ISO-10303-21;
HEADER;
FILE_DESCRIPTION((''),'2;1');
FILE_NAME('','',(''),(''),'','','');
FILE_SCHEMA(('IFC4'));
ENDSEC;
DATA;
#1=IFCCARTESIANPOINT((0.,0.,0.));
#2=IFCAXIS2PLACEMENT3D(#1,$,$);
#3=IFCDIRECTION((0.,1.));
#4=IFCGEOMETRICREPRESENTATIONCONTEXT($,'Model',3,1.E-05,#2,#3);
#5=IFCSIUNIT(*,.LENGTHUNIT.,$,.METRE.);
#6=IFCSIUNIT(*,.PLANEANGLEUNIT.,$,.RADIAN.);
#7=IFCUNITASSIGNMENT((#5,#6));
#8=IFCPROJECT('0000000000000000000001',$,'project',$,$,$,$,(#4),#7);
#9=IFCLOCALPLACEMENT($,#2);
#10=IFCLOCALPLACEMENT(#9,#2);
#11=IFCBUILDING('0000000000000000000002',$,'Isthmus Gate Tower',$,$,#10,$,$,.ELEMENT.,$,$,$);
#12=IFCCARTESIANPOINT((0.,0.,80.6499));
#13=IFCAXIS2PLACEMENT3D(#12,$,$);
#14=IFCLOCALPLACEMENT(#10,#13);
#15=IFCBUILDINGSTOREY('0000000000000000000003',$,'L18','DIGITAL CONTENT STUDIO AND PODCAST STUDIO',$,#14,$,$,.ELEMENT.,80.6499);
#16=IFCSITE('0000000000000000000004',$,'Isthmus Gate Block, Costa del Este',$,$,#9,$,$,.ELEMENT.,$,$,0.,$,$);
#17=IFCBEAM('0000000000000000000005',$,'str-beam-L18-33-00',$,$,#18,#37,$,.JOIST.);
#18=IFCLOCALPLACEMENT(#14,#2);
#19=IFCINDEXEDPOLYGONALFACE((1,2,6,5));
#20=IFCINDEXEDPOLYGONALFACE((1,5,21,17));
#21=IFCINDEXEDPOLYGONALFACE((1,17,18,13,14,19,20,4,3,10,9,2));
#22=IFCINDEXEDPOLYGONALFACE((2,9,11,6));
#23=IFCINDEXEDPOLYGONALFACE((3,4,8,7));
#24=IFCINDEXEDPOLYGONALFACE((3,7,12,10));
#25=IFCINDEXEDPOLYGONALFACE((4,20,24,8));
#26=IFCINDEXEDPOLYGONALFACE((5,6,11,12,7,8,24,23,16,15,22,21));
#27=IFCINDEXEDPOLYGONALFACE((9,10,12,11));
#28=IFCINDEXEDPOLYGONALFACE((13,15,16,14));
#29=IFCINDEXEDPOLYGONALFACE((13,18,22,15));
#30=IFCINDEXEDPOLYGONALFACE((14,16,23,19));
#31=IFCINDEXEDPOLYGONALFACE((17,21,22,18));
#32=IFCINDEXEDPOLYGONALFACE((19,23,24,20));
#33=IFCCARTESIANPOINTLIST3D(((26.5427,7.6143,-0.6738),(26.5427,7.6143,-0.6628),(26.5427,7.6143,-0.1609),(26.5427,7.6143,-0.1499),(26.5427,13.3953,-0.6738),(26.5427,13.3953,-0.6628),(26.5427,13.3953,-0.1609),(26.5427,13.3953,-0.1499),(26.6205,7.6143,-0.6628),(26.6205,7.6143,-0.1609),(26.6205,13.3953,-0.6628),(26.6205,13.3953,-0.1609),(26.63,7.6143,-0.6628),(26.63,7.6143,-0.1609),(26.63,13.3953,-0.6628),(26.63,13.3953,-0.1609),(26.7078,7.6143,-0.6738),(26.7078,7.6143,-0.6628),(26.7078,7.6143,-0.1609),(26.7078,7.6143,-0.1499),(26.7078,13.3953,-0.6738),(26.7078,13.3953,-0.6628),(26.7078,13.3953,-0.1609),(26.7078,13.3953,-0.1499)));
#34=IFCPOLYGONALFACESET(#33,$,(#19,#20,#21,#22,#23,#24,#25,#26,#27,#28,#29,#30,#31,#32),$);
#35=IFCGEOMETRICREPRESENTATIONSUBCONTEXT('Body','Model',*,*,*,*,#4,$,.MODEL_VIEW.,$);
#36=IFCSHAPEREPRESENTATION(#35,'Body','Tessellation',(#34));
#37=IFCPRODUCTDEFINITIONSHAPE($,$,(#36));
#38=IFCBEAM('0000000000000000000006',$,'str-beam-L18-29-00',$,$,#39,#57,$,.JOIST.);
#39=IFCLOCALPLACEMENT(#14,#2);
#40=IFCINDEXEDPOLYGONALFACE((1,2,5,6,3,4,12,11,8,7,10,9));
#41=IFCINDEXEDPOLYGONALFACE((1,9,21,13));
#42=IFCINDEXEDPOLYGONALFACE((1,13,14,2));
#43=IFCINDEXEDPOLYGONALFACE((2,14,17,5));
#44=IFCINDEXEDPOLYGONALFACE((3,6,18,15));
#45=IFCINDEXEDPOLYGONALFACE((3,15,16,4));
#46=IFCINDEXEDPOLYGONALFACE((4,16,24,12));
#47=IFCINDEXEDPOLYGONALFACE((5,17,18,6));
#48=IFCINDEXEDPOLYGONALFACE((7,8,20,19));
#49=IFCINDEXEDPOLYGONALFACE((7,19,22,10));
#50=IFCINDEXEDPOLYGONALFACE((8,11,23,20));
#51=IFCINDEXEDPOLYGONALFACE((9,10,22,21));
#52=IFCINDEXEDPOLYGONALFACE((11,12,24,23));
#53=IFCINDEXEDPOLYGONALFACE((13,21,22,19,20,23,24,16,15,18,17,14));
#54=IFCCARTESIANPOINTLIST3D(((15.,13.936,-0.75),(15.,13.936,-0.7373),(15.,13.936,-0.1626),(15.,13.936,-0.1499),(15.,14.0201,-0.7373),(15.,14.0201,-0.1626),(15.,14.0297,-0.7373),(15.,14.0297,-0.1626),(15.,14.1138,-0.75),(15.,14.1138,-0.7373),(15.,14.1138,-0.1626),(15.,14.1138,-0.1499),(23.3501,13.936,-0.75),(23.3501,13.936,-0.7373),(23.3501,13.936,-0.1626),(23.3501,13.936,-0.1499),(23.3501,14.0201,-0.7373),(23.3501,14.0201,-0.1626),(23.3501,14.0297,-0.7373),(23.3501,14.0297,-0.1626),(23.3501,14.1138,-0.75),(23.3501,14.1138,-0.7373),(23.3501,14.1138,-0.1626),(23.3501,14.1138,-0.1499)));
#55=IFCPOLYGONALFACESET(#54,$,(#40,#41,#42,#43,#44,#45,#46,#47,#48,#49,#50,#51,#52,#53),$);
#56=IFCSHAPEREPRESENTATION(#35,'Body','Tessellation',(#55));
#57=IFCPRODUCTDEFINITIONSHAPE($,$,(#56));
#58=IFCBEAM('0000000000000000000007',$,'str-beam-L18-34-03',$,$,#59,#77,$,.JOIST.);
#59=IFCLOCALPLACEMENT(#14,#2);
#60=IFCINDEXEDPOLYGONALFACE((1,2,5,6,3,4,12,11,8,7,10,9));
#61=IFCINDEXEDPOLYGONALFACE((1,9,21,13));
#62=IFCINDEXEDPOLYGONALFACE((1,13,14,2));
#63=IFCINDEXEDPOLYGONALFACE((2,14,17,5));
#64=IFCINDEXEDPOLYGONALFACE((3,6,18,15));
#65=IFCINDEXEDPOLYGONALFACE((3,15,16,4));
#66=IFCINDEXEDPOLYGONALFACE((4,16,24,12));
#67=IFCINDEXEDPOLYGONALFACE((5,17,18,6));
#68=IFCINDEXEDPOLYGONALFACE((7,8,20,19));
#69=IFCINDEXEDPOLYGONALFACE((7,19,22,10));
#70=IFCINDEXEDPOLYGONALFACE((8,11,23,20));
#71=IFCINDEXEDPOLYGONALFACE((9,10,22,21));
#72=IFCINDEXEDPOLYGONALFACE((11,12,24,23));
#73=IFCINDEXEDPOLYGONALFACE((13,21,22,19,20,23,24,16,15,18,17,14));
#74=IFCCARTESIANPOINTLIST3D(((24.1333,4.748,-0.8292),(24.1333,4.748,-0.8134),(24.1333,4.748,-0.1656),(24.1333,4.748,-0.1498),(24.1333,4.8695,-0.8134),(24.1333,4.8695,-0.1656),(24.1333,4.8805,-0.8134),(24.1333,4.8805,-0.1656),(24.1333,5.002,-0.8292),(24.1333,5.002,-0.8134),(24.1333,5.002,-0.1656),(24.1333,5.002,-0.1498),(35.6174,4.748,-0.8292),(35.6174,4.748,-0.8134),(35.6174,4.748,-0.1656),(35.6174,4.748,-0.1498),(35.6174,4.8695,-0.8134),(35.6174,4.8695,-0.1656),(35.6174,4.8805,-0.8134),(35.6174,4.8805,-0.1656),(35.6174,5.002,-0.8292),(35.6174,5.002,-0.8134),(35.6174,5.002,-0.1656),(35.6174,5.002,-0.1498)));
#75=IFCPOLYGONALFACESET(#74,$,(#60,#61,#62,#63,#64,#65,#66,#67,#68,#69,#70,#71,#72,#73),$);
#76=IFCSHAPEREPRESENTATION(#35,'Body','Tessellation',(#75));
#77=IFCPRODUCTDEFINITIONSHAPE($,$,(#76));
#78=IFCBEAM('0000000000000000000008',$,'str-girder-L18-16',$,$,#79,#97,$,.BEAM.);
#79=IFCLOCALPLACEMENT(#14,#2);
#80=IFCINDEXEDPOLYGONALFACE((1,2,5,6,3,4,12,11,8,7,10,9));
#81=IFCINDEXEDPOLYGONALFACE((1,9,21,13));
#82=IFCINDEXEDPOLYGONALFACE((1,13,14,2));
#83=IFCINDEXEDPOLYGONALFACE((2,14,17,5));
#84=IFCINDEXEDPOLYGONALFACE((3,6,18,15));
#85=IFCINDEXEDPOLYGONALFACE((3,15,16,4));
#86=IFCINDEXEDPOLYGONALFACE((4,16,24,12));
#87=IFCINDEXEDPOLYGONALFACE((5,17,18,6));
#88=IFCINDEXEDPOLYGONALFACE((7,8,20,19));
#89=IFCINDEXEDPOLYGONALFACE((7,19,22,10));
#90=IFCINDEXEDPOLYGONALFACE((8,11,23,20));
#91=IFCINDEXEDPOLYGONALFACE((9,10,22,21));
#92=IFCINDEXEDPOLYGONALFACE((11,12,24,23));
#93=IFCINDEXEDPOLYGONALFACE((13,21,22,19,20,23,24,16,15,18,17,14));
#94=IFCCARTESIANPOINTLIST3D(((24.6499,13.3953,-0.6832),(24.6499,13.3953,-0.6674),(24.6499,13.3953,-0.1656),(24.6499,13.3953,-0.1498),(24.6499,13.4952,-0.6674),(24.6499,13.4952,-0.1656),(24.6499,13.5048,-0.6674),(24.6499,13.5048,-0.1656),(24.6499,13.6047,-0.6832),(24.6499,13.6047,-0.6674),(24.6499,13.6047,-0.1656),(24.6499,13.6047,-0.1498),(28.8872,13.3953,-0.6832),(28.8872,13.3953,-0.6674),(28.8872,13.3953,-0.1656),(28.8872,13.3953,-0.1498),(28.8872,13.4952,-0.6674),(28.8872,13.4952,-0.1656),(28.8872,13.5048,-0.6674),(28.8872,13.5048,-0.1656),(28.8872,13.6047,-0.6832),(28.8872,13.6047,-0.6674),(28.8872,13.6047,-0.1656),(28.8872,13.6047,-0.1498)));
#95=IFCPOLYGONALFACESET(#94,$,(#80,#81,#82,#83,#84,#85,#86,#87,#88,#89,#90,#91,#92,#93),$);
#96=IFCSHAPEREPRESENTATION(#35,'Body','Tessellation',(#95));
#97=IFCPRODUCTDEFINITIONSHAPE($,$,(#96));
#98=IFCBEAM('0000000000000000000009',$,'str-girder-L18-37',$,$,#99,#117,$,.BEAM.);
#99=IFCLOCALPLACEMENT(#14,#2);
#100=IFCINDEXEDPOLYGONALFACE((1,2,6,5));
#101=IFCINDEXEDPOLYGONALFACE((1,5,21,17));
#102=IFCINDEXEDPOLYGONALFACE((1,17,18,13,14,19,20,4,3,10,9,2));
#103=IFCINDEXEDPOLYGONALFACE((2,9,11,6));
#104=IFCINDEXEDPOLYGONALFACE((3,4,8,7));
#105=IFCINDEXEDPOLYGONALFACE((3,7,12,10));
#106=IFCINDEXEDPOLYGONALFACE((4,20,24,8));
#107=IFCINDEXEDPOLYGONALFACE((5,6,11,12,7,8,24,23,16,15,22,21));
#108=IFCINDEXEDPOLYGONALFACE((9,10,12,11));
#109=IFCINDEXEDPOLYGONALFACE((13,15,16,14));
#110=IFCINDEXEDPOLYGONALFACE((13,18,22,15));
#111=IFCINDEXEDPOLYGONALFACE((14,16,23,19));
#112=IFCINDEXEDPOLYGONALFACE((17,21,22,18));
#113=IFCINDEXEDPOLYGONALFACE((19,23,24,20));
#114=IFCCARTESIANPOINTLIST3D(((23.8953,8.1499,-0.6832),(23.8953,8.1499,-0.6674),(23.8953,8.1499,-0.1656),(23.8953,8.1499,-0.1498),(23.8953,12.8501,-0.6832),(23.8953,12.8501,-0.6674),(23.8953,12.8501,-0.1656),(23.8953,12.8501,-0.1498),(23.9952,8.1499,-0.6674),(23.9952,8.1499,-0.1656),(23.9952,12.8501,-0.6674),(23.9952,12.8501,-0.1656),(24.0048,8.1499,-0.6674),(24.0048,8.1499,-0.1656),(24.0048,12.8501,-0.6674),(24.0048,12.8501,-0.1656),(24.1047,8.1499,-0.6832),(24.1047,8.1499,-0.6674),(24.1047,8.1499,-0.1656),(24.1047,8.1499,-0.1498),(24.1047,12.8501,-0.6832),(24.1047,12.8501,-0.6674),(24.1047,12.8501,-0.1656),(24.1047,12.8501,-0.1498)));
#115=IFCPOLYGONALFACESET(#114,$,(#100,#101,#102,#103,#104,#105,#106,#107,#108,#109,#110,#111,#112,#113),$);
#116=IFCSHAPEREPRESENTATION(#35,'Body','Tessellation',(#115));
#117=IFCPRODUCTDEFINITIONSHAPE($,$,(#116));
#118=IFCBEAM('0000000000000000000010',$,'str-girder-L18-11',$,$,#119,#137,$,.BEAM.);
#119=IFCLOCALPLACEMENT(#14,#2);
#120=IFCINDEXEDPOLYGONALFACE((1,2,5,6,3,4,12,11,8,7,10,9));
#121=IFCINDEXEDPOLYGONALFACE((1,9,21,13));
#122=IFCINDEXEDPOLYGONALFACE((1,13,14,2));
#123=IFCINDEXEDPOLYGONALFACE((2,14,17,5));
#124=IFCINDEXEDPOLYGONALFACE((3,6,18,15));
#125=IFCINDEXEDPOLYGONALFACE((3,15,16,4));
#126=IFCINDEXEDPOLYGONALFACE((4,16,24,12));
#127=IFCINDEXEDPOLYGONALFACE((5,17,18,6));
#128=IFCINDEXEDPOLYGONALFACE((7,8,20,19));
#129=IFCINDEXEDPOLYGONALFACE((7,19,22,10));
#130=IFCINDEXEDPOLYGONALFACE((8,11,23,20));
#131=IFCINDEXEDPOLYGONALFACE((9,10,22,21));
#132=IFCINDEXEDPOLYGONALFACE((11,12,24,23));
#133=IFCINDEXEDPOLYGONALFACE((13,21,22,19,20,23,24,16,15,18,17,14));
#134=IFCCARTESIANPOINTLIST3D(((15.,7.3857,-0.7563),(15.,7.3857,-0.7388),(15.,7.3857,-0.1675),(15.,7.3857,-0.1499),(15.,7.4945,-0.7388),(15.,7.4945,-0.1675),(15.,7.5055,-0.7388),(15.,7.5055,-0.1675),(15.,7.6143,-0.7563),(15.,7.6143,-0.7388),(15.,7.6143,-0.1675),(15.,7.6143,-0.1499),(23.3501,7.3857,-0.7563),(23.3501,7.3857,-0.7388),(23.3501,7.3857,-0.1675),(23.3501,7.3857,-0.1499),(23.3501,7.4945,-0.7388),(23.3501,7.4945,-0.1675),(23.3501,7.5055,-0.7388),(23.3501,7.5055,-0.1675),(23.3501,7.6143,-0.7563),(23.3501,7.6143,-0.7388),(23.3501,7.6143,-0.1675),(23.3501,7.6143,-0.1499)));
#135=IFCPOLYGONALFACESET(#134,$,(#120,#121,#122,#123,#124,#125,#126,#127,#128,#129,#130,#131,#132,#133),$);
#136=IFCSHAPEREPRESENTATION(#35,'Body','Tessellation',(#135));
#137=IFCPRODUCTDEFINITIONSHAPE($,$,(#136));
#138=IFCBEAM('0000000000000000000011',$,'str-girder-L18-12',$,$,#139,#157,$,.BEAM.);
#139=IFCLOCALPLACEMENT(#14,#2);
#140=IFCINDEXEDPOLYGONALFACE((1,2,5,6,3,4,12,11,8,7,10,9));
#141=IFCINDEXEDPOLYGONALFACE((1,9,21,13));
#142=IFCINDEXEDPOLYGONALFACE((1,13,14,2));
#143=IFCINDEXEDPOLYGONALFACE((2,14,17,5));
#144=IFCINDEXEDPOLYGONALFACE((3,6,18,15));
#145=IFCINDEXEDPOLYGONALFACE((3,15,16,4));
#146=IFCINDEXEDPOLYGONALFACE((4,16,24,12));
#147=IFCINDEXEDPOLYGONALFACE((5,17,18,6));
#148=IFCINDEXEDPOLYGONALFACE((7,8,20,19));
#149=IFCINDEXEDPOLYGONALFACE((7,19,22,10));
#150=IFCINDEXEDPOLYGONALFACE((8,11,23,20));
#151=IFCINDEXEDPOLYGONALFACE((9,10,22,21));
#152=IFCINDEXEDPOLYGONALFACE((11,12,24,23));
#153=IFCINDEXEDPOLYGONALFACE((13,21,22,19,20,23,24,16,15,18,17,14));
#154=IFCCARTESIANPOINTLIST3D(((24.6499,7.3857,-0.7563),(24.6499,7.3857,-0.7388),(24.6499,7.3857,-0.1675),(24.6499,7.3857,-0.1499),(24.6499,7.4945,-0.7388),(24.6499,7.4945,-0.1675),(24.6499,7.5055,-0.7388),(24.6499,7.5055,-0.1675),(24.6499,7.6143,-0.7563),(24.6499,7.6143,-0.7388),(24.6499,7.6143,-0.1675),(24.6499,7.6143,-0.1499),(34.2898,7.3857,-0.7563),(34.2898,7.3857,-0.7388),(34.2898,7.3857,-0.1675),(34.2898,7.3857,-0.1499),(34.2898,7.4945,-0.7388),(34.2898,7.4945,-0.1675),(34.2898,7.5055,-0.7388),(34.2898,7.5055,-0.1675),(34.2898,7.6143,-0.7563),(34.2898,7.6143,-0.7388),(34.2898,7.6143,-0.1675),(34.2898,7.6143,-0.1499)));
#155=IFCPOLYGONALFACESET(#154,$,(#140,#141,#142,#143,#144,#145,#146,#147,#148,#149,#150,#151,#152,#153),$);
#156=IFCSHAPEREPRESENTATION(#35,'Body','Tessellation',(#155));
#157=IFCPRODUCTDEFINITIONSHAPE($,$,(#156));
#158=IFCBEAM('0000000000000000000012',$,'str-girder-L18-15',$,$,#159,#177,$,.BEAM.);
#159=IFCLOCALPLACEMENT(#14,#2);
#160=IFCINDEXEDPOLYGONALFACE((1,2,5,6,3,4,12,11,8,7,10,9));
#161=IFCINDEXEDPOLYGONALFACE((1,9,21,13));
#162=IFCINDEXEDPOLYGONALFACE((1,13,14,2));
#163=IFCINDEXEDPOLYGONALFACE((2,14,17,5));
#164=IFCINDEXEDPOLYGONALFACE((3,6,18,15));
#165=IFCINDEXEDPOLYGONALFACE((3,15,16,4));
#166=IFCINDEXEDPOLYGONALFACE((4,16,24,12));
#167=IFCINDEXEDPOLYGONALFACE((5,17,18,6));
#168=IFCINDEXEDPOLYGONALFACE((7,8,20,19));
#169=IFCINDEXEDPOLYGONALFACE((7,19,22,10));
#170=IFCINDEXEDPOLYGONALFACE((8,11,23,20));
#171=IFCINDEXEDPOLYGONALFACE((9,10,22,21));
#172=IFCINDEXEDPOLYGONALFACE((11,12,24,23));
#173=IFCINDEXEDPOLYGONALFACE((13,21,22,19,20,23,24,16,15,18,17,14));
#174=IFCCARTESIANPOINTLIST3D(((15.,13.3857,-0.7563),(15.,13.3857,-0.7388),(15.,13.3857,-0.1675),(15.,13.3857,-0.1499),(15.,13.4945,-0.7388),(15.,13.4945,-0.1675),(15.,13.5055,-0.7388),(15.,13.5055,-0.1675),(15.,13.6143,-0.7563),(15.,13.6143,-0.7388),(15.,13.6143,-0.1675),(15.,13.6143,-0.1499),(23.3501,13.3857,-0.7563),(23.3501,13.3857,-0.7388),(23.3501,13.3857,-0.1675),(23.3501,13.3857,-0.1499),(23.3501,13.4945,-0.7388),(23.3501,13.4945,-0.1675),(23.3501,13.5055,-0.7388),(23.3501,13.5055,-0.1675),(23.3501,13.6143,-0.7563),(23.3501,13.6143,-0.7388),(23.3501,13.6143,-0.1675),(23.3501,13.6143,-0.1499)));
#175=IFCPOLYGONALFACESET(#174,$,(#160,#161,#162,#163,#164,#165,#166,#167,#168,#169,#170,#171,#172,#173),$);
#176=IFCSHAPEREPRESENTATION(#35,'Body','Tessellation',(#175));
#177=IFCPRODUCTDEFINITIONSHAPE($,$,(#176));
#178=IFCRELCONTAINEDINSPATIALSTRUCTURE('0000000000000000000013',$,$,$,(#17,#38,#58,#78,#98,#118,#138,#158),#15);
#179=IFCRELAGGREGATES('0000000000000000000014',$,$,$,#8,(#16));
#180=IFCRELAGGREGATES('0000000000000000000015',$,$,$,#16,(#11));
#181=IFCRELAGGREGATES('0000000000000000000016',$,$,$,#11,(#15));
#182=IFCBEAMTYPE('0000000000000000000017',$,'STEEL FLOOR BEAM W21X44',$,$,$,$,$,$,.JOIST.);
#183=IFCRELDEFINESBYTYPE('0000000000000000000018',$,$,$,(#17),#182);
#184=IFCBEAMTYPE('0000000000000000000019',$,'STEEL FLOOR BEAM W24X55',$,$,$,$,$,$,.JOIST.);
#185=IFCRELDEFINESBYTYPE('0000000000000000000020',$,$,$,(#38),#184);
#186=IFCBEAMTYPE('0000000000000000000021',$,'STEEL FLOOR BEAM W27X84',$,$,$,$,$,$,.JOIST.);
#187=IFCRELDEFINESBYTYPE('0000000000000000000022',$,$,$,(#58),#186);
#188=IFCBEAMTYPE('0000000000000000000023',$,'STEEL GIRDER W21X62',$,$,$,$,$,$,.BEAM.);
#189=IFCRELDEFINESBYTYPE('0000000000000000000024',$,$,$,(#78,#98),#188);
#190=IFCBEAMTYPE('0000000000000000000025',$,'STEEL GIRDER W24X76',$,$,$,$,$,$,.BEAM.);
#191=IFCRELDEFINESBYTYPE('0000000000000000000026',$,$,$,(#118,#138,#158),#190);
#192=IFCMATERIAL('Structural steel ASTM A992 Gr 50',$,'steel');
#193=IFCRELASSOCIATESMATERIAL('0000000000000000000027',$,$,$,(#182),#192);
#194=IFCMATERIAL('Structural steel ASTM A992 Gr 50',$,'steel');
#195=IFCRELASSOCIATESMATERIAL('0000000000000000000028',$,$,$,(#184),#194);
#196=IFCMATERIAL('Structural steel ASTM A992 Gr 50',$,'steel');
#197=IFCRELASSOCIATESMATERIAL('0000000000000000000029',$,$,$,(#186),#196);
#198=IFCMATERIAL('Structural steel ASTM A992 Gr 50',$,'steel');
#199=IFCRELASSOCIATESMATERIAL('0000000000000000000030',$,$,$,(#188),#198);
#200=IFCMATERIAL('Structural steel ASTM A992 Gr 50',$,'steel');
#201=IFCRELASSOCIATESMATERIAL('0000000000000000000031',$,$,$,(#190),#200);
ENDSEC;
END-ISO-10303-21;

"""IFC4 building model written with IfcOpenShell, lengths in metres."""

from ifc_helpers import new_model, si_unit, direction, frame, origin, origin_2d, place, context, subcontext, project, spatial, i_section, extrude, material, material_profile, profile_set, type_object, element, save


model = new_model("IFC4")

# Units and contexts
model_context = context("Model", 3, precision=1e-05, world=origin(), true_north=direction((0.0, 1.0)))
body_context = subcontext(model_context, "Body", "Model", "MODEL_VIEW")
ifc_project = project(units=[si_unit("LENGTHUNIT", "METRE"), si_unit("PLANEANGLEUNIT", "RADIAN")], contexts=[model_context])

# Site, building, storey
site_placement = place(None, origin())
site = spatial("IfcSite", under=ifc_project, at=site_placement, Name="Isthmus Gate Block, Costa del Este", CompositionType="ELEMENT", RefElevation=0.0)
building_placement = place(site_placement, origin())
building = spatial("IfcBuilding", under=site, at=building_placement, Name="Isthmus Gate Tower", CompositionType="ELEMENT")
storey_placement = place(building_placement, frame((0.0, 0.0, 80.6499)))
storey = spatial("IfcBuildingStorey", under=building, at=storey_placement, Name="L18", Description="DIGITAL CONTENT STUDIO AND PODCAST STUDIO", CompositionType="ELEMENT", Elevation=80.6499)

# Beams
ifc_material_1 = material(Name="Structural steel ASTM A992 Gr 50", Category="steel")
ifc_material_profile_1 = material_profile(ifc_material_1, i_section(OverallWidth=0.165, OverallDepth=0.5239, WebThickness=0.0095, FlangeThickness=0.011, at=origin_2d()), Name="W21X44")
ifc_profile_set_1 = profile_set([ifc_material_profile_1], Name="Structural steel ASTM A992 Gr 50")
beam_type_1 = type_object("IfcBeamType", Name="STEEL FLOOR BEAM W21X44", PredefinedType="JOIST", material=ifc_profile_set_1)
beam_1_placement = place(storey_placement, frame((26.6252, 7.6143, -0.4119), z_axis=(0.0, 1.0, 0.0), x_axis=(-1.0, 0.0, 0.0)))
element("IfcBeam", 1, at=beam_1_placement, inside=storey, type_object=beam_type_1, Name="str-beam-L18-33-00", PredefinedType="JOIST", context=body_context, shape_type="SweptSolid", body=[
    extrude(i_section(OverallWidth=0.165, OverallDepth=0.5239, WebThickness=0.0095, FlangeThickness=0.011, at=origin_2d()), origin(), (0.0, 0.0, 1.0), 5.781),
])
ifc_material_2 = material(Name="Structural steel ASTM A992 Gr 50", Category="steel")
ifc_material_profile_2 = material_profile(ifc_material_2, i_section(OverallWidth=0.1777, OverallDepth=0.6001, WebThickness=0.0095, FlangeThickness=0.0127, at=origin_2d()), Name="W24X55")
ifc_profile_set_2 = profile_set([ifc_material_profile_2], Name="Structural steel ASTM A992 Gr 50")
beam_type_2 = type_object("IfcBeamType", Name="STEEL FLOOR BEAM W24X55", PredefinedType="JOIST", material=ifc_profile_set_2)
beam_2_placement = place(storey_placement, frame((15.0, 14.0249, -0.45), z_axis=(1.0, 0.0, 0.0), x_axis=(0.0, 1.0, 0.0)))
element("IfcBeam", 2, at=beam_2_placement, inside=storey, type_object=beam_type_2, Name="str-beam-L18-29-00", PredefinedType="JOIST", context=body_context, shape_type="SweptSolid", body=[
    extrude(i_section(OverallWidth=0.1777, OverallDepth=0.6001, WebThickness=0.0095, FlangeThickness=0.0127, at=origin_2d()), origin(), (0.0, 0.0, 1.0), 8.3501),
])
ifc_material_3 = material(Name="Structural steel ASTM A992 Gr 50", Category="steel")
ifc_material_profile_3 = material_profile(ifc_material_3, i_section(OverallWidth=0.2539, OverallDepth=0.6794, WebThickness=0.011, FlangeThickness=0.0159, at=origin_2d()), Name="W27X84")
ifc_profile_set_3 = profile_set([ifc_material_profile_3], Name="Structural steel ASTM A992 Gr 50")
beam_type_3 = type_object("IfcBeamType", Name="STEEL FLOOR BEAM W27X84", PredefinedType="JOIST", material=ifc_profile_set_3)
beam_3_placement = place(storey_placement, frame((24.1333, 4.875, -0.4895), z_axis=(1.0, 0.0, 0.0), x_axis=(0.0, 1.0, 0.0)))
element("IfcBeam", 3, at=beam_3_placement, inside=storey, type_object=beam_type_3, Name="str-beam-L18-34-03", PredefinedType="JOIST", context=body_context, shape_type="SweptSolid", body=[
    extrude(i_section(OverallWidth=0.2539, OverallDepth=0.6794, WebThickness=0.011, FlangeThickness=0.0159, at=origin_2d()), origin(), (0.0, 0.0, 1.0), 11.4841),
])
ifc_material_4 = material(Name="Structural steel ASTM A992 Gr 50", Category="steel")
ifc_material_profile_4 = material_profile(ifc_material_4, i_section(OverallWidth=0.2095, OverallDepth=0.5334, WebThickness=0.0095, FlangeThickness=0.0159, at=origin_2d()), Name="W21X62")
ifc_profile_set_4 = profile_set([ifc_material_profile_4], Name="Structural steel ASTM A992 Gr 50")
beam_type_4 = type_object("IfcBeamType", Name="STEEL GIRDER W21X62", PredefinedType="BEAM", material=ifc_profile_set_4)
beam_4_placement = place(storey_placement, frame((24.6499, 13.5, -0.4165), z_axis=(1.0, 0.0, 0.0), x_axis=(0.0, 1.0, 0.0)))
element("IfcBeam", 4, at=beam_4_placement, inside=storey, type_object=beam_type_4, Name="str-girder-L18-16", PredefinedType="BEAM", context=body_context, shape_type="SweptSolid", body=[
    extrude(i_section(OverallWidth=0.2095, OverallDepth=0.5334, WebThickness=0.0095, FlangeThickness=0.0159, at=origin_2d()), origin(), (0.0, 0.0, 1.0), 4.2373),
])
beam_5_placement = place(storey_placement, frame((24.0, 8.1499, -0.4165), z_axis=(0.0, 1.0, 0.0), x_axis=(-1.0, 0.0, 0.0)))
element("IfcBeam", 5, at=beam_5_placement, inside=storey, type_object=beam_type_4, Name="str-girder-L18-37", PredefinedType="BEAM", context=body_context, shape_type="SweptSolid", body=[
    extrude(i_section(OverallWidth=0.2095, OverallDepth=0.5334, WebThickness=0.0095, FlangeThickness=0.0159, at=origin_2d()), origin(), (0.0, 0.0, 1.0), 4.7002),
])
ifc_material_5 = material(Name="Structural steel ASTM A992 Gr 50", Category="steel")
ifc_material_profile_5 = material_profile(ifc_material_5, i_section(OverallWidth=0.2285, OverallDepth=0.6064, WebThickness=0.011, FlangeThickness=0.0176, at=origin_2d()), Name="W24X76")
ifc_profile_set_5 = profile_set([ifc_material_profile_5], Name="Structural steel ASTM A992 Gr 50")
beam_type_5 = type_object("IfcBeamType", Name="STEEL GIRDER W24X76", PredefinedType="BEAM", material=ifc_profile_set_5)
beam_6_placement = place(storey_placement, frame((15.0, 7.5, -0.4531), z_axis=(1.0, 0.0, 0.0), x_axis=(0.0, 1.0, 0.0)))
element("IfcBeam", 6, at=beam_6_placement, inside=storey, type_object=beam_type_5, Name="str-girder-L18-11", PredefinedType="BEAM", context=body_context, shape_type="SweptSolid", body=[
    extrude(i_section(OverallWidth=0.2285, OverallDepth=0.6064, WebThickness=0.011, FlangeThickness=0.0176, at=origin_2d()), origin(), (0.0, 0.0, 1.0), 8.3501),
])
beam_7_placement = place(storey_placement, frame((24.6499, 7.5, -0.4531), z_axis=(1.0, 0.0, 0.0), x_axis=(0.0, 1.0, 0.0)))
element("IfcBeam", 7, at=beam_7_placement, inside=storey, type_object=beam_type_5, Name="str-girder-L18-12", PredefinedType="BEAM", context=body_context, shape_type="SweptSolid", body=[
    extrude(i_section(OverallWidth=0.2285, OverallDepth=0.6064, WebThickness=0.011, FlangeThickness=0.0176, at=origin_2d()), origin(), (0.0, 0.0, 1.0), 9.6399),
])
beam_8_placement = place(storey_placement, frame((15.0, 13.5, -0.4531), z_axis=(1.0, 0.0, 0.0), x_axis=(0.0, 1.0, 0.0)))
element("IfcBeam", 8, at=beam_8_placement, inside=storey, type_object=beam_type_5, Name="str-girder-L18-15", PredefinedType="BEAM", context=body_context, shape_type="SweptSolid", body=[
    extrude(i_section(OverallWidth=0.2285, OverallDepth=0.6064, WebThickness=0.011, FlangeThickness=0.0176, at=origin_2d()), origin(), (0.0, 0.0, 1.0), 8.3501),
])

save(model, "model.ifc")
